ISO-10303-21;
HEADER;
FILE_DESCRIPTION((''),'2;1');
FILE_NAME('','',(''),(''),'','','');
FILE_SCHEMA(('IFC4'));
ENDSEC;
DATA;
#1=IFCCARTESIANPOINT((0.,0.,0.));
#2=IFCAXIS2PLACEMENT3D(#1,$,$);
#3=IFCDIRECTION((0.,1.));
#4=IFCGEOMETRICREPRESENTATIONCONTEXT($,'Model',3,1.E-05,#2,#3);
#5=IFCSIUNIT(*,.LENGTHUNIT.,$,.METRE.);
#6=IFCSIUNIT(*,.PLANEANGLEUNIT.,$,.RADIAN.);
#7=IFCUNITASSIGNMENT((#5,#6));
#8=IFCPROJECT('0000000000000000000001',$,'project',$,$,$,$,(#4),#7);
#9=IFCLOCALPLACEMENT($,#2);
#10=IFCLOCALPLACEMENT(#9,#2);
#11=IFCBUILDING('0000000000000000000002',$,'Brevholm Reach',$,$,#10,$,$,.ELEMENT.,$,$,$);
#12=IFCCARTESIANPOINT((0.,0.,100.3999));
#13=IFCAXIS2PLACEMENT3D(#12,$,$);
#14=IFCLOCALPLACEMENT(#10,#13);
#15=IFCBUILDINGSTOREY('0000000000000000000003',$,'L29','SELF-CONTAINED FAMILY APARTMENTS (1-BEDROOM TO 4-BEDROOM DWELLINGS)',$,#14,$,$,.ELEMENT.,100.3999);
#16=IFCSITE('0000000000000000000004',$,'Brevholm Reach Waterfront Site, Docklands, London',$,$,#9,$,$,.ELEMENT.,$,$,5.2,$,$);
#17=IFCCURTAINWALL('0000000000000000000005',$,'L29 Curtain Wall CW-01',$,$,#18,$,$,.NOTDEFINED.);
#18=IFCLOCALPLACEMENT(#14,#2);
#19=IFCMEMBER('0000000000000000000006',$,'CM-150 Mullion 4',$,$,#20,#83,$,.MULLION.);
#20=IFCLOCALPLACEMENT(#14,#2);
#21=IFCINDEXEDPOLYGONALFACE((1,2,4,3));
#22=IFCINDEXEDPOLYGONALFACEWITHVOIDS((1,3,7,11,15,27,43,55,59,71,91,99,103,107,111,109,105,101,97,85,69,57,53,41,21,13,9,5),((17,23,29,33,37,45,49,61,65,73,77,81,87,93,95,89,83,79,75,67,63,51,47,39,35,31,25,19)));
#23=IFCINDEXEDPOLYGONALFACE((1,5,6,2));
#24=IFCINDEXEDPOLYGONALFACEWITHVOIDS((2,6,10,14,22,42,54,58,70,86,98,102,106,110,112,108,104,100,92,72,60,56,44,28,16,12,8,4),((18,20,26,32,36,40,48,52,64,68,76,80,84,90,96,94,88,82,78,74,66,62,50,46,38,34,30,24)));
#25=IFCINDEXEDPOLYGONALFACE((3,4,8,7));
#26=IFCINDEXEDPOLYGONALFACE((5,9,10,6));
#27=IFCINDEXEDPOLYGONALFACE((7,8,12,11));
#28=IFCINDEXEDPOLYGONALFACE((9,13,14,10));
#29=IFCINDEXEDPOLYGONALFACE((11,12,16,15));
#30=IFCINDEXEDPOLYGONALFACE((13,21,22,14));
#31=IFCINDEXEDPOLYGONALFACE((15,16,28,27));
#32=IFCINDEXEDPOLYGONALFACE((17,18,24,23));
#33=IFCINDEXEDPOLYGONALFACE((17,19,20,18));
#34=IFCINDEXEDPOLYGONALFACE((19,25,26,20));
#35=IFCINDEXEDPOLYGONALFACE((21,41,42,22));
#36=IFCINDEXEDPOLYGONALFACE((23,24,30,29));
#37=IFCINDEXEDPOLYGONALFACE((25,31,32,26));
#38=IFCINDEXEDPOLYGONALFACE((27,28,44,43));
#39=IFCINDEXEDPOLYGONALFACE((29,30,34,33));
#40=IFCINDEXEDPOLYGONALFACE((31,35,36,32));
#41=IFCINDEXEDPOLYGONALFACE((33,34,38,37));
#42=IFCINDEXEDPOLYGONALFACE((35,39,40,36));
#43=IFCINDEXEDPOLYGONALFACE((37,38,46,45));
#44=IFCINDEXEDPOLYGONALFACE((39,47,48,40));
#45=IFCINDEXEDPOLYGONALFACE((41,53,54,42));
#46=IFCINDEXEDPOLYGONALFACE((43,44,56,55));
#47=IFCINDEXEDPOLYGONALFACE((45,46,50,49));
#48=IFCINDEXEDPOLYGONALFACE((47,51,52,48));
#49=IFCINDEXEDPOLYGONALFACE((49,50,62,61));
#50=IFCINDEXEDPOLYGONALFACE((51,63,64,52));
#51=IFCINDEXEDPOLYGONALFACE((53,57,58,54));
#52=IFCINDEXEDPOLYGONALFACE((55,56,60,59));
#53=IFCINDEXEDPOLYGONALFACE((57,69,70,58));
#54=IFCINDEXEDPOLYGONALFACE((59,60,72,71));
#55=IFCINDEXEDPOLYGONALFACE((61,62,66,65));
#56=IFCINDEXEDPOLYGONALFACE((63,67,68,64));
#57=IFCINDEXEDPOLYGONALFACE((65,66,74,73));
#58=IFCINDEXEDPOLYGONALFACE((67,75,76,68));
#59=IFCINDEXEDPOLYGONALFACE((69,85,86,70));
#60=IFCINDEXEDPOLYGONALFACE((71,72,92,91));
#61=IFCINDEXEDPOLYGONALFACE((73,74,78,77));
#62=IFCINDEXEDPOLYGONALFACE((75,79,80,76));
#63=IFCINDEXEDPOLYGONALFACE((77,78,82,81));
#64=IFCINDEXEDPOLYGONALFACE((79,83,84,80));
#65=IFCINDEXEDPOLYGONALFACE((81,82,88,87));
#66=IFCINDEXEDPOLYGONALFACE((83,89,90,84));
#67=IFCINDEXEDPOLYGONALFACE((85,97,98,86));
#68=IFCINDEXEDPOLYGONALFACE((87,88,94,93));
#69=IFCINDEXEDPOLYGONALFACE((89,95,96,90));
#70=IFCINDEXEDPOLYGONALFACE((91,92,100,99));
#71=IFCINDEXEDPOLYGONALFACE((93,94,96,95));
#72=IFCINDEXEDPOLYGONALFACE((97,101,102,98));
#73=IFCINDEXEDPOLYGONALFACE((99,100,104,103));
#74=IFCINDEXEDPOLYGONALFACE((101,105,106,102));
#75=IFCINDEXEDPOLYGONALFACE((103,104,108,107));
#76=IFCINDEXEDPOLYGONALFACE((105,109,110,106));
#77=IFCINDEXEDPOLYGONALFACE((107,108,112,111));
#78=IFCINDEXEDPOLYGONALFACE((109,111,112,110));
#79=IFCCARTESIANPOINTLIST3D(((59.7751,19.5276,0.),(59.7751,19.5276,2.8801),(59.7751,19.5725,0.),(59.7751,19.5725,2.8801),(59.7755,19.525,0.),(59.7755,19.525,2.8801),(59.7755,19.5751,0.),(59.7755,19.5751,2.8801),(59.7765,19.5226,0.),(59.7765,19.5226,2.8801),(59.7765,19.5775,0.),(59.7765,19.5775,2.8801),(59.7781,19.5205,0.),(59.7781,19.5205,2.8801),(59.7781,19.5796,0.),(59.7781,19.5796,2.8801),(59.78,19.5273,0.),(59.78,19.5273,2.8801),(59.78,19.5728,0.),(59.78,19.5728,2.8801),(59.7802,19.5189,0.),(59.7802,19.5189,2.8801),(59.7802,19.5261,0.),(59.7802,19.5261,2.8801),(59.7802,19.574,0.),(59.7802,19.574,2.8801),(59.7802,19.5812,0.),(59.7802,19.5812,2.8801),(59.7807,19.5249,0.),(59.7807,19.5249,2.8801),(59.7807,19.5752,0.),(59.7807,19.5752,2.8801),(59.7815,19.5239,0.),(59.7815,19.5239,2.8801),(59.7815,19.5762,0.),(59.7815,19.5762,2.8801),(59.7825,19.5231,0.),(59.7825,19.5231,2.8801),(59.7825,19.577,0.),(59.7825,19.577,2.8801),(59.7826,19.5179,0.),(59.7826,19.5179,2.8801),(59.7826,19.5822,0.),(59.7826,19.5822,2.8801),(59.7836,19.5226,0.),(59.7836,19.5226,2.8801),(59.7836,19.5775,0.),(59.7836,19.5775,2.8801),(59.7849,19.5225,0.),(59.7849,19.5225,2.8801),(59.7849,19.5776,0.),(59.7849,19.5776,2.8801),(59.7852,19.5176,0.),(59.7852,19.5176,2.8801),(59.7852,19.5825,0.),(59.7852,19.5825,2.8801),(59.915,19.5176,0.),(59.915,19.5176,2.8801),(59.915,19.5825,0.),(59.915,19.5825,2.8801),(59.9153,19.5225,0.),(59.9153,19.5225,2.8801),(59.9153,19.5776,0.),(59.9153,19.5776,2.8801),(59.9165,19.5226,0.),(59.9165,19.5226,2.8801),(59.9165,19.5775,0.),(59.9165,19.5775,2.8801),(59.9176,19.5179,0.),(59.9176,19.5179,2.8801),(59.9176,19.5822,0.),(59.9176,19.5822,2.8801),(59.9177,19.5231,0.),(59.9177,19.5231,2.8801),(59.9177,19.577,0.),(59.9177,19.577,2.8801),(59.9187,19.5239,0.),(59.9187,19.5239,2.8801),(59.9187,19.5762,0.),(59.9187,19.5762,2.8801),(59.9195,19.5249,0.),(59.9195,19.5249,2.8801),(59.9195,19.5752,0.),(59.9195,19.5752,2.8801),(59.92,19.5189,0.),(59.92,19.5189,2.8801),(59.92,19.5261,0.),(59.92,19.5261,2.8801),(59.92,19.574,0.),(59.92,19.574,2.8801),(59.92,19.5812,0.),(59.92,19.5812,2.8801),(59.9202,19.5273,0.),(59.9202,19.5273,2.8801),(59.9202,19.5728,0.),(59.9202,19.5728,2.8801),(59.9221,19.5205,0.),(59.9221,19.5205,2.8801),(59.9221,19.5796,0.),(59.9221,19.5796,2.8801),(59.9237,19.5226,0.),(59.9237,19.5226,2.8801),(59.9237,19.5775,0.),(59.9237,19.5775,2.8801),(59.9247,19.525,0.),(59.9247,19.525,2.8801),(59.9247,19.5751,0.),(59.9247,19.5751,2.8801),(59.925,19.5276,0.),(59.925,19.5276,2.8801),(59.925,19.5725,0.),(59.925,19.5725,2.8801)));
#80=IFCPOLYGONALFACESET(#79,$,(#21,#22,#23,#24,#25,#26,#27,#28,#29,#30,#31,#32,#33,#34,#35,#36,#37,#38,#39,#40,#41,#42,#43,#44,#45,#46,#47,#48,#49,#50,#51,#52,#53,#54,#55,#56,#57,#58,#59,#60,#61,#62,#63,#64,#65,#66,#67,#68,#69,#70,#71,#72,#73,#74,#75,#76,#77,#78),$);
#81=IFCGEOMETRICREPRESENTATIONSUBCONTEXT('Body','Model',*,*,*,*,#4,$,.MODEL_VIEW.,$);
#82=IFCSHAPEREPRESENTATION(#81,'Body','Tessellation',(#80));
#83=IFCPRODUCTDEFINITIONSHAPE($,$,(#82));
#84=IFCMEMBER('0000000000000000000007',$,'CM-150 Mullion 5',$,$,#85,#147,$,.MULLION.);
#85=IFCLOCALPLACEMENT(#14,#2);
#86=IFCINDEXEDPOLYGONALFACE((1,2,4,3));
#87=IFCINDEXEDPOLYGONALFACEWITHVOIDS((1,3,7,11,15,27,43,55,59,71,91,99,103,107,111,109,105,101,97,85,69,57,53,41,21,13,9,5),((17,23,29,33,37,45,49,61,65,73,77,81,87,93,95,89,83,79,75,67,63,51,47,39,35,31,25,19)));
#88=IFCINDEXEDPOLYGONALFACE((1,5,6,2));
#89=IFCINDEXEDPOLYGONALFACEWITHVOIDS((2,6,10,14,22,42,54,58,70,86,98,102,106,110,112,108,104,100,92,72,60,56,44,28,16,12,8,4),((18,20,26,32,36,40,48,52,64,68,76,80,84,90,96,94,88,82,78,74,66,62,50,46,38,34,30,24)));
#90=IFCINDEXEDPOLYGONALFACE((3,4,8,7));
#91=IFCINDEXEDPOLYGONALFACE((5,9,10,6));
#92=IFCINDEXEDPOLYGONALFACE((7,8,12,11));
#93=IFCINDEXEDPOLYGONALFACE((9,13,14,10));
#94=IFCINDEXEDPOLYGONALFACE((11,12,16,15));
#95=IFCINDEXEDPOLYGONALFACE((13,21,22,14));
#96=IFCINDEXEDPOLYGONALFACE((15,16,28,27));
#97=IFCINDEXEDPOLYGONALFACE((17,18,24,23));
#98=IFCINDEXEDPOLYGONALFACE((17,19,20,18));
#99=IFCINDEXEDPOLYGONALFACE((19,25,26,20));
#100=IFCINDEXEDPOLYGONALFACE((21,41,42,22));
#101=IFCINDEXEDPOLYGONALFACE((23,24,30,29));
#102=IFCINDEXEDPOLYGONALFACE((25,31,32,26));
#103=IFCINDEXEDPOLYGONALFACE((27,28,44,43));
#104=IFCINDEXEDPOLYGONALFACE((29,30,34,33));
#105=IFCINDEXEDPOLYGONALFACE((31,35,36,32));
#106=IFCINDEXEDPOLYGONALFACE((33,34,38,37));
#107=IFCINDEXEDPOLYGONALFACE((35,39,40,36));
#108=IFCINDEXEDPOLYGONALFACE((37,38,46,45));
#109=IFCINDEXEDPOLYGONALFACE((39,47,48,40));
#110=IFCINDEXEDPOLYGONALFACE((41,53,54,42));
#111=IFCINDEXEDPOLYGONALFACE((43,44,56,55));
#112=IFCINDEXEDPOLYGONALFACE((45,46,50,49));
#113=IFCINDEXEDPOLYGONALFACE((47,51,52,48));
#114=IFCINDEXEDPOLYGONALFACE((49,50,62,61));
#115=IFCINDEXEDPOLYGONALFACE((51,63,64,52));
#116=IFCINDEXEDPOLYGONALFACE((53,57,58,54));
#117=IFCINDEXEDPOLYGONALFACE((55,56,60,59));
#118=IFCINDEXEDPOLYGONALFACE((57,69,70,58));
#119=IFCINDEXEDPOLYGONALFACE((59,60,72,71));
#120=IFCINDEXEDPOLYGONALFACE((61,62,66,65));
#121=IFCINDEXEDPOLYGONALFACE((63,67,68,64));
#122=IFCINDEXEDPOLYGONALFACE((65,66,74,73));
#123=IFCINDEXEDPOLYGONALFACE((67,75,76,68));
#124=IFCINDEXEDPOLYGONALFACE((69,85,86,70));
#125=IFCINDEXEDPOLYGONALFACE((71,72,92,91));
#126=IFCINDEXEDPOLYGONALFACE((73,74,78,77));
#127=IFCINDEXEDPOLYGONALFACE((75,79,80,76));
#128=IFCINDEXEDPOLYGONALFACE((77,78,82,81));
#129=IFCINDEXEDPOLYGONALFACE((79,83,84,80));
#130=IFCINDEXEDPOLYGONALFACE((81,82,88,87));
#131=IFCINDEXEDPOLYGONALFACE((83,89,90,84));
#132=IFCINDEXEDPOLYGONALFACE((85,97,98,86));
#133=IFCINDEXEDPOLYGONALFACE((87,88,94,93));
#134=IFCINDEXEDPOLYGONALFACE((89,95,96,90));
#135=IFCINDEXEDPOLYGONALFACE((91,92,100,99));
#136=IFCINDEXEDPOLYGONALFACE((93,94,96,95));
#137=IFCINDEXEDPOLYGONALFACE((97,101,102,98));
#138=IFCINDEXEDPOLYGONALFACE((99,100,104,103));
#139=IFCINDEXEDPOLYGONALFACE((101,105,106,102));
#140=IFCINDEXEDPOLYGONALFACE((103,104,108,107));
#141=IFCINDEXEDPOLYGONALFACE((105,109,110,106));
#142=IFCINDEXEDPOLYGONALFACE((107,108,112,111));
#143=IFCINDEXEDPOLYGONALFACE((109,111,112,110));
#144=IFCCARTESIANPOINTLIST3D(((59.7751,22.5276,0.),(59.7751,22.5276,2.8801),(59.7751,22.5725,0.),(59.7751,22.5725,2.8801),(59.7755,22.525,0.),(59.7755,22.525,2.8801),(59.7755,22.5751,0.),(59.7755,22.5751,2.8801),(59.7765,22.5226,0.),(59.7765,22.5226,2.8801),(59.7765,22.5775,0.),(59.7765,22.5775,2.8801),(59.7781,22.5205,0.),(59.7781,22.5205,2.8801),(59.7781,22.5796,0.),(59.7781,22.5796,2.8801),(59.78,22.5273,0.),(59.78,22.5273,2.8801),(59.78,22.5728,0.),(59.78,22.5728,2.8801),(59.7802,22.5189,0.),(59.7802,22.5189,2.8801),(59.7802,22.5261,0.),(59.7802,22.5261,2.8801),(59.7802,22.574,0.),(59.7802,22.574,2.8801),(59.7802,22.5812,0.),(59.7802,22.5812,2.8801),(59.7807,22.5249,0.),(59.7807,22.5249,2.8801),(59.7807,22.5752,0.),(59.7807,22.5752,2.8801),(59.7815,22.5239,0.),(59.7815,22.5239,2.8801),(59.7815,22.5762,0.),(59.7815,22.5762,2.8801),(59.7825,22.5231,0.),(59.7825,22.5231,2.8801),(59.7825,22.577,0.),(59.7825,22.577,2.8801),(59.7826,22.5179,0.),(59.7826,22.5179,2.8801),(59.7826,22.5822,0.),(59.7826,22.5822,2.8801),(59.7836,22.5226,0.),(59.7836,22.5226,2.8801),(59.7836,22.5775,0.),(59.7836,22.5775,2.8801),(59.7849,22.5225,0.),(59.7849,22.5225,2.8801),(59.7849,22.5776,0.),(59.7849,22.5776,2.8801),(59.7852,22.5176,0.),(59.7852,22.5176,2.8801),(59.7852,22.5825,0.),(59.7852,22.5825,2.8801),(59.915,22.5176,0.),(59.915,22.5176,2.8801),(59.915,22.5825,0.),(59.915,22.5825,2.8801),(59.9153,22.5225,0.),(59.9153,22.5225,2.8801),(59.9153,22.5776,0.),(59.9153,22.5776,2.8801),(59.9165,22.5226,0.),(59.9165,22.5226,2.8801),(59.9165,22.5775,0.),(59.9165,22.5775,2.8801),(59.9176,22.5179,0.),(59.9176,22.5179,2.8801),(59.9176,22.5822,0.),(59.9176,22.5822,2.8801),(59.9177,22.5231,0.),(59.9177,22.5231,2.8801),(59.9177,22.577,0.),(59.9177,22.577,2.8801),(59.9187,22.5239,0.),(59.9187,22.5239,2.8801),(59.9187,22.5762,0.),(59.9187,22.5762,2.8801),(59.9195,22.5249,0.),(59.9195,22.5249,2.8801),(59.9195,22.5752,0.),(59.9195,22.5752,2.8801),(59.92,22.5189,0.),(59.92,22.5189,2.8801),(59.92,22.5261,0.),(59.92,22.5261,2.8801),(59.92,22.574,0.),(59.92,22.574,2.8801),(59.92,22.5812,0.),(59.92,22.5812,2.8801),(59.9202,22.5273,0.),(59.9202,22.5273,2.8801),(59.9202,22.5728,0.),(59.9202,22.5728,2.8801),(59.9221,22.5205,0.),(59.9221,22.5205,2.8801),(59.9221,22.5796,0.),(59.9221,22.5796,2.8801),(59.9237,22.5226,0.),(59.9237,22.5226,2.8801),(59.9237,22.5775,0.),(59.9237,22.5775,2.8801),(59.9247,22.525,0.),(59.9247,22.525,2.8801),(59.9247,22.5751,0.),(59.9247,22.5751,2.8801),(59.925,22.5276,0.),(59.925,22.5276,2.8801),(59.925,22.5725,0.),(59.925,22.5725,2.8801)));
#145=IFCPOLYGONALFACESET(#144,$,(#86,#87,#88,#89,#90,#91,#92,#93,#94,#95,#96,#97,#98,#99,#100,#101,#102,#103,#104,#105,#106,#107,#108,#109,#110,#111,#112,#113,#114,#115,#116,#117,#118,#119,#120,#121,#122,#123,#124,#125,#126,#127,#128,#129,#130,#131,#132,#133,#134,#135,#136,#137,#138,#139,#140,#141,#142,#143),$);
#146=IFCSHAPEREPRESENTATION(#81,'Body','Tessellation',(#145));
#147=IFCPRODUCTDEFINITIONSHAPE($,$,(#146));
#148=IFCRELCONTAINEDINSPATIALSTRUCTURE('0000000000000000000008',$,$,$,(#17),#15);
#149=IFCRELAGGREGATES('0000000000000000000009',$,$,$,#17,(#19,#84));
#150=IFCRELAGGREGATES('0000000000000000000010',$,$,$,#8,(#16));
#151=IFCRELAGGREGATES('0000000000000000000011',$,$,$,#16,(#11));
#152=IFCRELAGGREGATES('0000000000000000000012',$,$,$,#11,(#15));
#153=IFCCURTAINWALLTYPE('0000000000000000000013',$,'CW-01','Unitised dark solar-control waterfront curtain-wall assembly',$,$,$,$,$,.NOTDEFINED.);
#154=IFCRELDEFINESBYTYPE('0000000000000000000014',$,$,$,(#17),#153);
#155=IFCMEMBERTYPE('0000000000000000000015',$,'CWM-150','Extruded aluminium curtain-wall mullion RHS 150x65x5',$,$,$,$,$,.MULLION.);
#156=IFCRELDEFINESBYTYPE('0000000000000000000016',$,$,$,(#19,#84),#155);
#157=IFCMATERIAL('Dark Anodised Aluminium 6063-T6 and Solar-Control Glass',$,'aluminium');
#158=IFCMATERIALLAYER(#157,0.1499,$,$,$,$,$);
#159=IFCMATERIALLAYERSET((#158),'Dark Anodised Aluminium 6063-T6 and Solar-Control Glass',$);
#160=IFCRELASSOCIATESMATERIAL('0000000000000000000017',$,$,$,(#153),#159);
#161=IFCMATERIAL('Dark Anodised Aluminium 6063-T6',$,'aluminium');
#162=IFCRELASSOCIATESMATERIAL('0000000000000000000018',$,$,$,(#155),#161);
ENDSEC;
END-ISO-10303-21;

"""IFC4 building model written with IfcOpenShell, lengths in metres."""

from ifc_helpers import new_model, si_unit, direction, frame, origin, origin_2d, place, context, subcontext, project, spatial, hollow_rectangle, extrude, material, layer, layer_set, material_profile, profile_set, type_object, element, aggregate, save


model = new_model("IFC4")

# Units and contexts
model_context = context("Model", 3, precision=1e-05, world=origin(), true_north=direction((0.0, 1.0)))
body_context = subcontext(model_context, "Body", "Model", "MODEL_VIEW")
ifc_project = project(units=[si_unit("LENGTHUNIT", "METRE"), si_unit("PLANEANGLEUNIT", "RADIAN")], contexts=[model_context])

# Site, building, storey
site_placement = place(None, origin())
site = spatial("IfcSite", under=ifc_project, at=site_placement, Name="Brevholm Reach Waterfront Site, Docklands, London", CompositionType="ELEMENT", RefElevation=5.2)
building_placement = place(site_placement, origin())
building = spatial("IfcBuilding", under=site, at=building_placement, Name="Brevholm Reach", CompositionType="ELEMENT")
storey_placement = place(building_placement, frame((0.0, 0.0, 100.3999)))
storey = spatial("IfcBuildingStorey", under=building, at=storey_placement, Name="L29", Description="SELF-CONTAINED FAMILY APARTMENTS (1-BEDROOM TO 4-BEDROOM DWELLINGS)", CompositionType="ELEMENT", Elevation=100.3999)

# Curtain wall, members
ifc_material_1 = material(Name="Dark Anodised Aluminium 6063-T6 and Solar-Control Glass", Category="aluminium")
ifc_layer_1 = layer(ifc_material_1, 0.1499)
ifc_layer_set_1 = layer_set([ifc_layer_1], Name="Dark Anodised Aluminium 6063-T6 and Solar-Control Glass")
curtain_wall_type = type_object("IfcCurtainWallType", Name="CW-01", Description="Unitised dark solar-control waterfront curtain-wall assembly", PredefinedType="NOTDEFINED", material=ifc_layer_set_1)
curtain_wall_placement = place(storey_placement, origin())
curtain_wall = element("IfcCurtainWall", 1, at=curtain_wall_placement, inside=storey, type_object=curtain_wall_type, Name="L29 Curtain Wall CW-01", PredefinedType="NOTDEFINED")
ifc_material_2 = material(Name="Dark Anodised Aluminium 6063-T6", Category="aluminium")
ifc_material_profile_1 = material_profile(ifc_material_2, hollow_rectangle(XDim=0.0649, YDim=0.1499, WallThickness=0.0049, InnerFilletRadius=0.0049, OuterFilletRadius=0.01, at=origin_2d()), Name="RHS 150x65x5")
ifc_profile_set_1 = profile_set([ifc_material_profile_1], Name="Dark Anodised Aluminium 6063-T6")
member_type_1 = type_object("IfcMemberType", Name="CWM-150", Description="Extruded aluminium curtain-wall mullion RHS 150x65x5", PredefinedType="MULLION", material=ifc_profile_set_1)
member_1_placement = place(storey_placement, frame((59.8501, 19.55, 0.0), z_axis=(0.0, 0.0, 1.0), x_axis=(0.0, 1.0, 0.0)))
member_1 = element("IfcMember", 2, at=member_1_placement, type_object=member_type_1, Name="CM-150 Mullion 4", PredefinedType="MULLION", context=body_context, shape_type="SweptSolid", body=[
    extrude(hollow_rectangle(XDim=0.0649, YDim=0.1499, WallThickness=0.0049, InnerFilletRadius=0.0049, OuterFilletRadius=0.01, at=origin_2d()), origin(), (0.0, 0.0, 1.0), 2.8801),
])
member_2_placement = place(storey_placement, frame((59.8501, 22.55, 0.0), z_axis=(0.0, 0.0, 1.0), x_axis=(0.0, 1.0, 0.0)))
member_2 = element("IfcMember", 3, at=member_2_placement, type_object=member_type_1, Name="CM-150 Mullion 5", PredefinedType="MULLION", context=body_context, shape_type="SweptSolid", body=[
    extrude(hollow_rectangle(XDim=0.0649, YDim=0.1499, WallThickness=0.0049, InnerFilletRadius=0.0049, OuterFilletRadius=0.01, at=origin_2d()), origin(), (0.0, 0.0, 1.0), 2.8801),
])
aggregate(curtain_wall, [member_1, member_2])

save(model, "model.ifc")
